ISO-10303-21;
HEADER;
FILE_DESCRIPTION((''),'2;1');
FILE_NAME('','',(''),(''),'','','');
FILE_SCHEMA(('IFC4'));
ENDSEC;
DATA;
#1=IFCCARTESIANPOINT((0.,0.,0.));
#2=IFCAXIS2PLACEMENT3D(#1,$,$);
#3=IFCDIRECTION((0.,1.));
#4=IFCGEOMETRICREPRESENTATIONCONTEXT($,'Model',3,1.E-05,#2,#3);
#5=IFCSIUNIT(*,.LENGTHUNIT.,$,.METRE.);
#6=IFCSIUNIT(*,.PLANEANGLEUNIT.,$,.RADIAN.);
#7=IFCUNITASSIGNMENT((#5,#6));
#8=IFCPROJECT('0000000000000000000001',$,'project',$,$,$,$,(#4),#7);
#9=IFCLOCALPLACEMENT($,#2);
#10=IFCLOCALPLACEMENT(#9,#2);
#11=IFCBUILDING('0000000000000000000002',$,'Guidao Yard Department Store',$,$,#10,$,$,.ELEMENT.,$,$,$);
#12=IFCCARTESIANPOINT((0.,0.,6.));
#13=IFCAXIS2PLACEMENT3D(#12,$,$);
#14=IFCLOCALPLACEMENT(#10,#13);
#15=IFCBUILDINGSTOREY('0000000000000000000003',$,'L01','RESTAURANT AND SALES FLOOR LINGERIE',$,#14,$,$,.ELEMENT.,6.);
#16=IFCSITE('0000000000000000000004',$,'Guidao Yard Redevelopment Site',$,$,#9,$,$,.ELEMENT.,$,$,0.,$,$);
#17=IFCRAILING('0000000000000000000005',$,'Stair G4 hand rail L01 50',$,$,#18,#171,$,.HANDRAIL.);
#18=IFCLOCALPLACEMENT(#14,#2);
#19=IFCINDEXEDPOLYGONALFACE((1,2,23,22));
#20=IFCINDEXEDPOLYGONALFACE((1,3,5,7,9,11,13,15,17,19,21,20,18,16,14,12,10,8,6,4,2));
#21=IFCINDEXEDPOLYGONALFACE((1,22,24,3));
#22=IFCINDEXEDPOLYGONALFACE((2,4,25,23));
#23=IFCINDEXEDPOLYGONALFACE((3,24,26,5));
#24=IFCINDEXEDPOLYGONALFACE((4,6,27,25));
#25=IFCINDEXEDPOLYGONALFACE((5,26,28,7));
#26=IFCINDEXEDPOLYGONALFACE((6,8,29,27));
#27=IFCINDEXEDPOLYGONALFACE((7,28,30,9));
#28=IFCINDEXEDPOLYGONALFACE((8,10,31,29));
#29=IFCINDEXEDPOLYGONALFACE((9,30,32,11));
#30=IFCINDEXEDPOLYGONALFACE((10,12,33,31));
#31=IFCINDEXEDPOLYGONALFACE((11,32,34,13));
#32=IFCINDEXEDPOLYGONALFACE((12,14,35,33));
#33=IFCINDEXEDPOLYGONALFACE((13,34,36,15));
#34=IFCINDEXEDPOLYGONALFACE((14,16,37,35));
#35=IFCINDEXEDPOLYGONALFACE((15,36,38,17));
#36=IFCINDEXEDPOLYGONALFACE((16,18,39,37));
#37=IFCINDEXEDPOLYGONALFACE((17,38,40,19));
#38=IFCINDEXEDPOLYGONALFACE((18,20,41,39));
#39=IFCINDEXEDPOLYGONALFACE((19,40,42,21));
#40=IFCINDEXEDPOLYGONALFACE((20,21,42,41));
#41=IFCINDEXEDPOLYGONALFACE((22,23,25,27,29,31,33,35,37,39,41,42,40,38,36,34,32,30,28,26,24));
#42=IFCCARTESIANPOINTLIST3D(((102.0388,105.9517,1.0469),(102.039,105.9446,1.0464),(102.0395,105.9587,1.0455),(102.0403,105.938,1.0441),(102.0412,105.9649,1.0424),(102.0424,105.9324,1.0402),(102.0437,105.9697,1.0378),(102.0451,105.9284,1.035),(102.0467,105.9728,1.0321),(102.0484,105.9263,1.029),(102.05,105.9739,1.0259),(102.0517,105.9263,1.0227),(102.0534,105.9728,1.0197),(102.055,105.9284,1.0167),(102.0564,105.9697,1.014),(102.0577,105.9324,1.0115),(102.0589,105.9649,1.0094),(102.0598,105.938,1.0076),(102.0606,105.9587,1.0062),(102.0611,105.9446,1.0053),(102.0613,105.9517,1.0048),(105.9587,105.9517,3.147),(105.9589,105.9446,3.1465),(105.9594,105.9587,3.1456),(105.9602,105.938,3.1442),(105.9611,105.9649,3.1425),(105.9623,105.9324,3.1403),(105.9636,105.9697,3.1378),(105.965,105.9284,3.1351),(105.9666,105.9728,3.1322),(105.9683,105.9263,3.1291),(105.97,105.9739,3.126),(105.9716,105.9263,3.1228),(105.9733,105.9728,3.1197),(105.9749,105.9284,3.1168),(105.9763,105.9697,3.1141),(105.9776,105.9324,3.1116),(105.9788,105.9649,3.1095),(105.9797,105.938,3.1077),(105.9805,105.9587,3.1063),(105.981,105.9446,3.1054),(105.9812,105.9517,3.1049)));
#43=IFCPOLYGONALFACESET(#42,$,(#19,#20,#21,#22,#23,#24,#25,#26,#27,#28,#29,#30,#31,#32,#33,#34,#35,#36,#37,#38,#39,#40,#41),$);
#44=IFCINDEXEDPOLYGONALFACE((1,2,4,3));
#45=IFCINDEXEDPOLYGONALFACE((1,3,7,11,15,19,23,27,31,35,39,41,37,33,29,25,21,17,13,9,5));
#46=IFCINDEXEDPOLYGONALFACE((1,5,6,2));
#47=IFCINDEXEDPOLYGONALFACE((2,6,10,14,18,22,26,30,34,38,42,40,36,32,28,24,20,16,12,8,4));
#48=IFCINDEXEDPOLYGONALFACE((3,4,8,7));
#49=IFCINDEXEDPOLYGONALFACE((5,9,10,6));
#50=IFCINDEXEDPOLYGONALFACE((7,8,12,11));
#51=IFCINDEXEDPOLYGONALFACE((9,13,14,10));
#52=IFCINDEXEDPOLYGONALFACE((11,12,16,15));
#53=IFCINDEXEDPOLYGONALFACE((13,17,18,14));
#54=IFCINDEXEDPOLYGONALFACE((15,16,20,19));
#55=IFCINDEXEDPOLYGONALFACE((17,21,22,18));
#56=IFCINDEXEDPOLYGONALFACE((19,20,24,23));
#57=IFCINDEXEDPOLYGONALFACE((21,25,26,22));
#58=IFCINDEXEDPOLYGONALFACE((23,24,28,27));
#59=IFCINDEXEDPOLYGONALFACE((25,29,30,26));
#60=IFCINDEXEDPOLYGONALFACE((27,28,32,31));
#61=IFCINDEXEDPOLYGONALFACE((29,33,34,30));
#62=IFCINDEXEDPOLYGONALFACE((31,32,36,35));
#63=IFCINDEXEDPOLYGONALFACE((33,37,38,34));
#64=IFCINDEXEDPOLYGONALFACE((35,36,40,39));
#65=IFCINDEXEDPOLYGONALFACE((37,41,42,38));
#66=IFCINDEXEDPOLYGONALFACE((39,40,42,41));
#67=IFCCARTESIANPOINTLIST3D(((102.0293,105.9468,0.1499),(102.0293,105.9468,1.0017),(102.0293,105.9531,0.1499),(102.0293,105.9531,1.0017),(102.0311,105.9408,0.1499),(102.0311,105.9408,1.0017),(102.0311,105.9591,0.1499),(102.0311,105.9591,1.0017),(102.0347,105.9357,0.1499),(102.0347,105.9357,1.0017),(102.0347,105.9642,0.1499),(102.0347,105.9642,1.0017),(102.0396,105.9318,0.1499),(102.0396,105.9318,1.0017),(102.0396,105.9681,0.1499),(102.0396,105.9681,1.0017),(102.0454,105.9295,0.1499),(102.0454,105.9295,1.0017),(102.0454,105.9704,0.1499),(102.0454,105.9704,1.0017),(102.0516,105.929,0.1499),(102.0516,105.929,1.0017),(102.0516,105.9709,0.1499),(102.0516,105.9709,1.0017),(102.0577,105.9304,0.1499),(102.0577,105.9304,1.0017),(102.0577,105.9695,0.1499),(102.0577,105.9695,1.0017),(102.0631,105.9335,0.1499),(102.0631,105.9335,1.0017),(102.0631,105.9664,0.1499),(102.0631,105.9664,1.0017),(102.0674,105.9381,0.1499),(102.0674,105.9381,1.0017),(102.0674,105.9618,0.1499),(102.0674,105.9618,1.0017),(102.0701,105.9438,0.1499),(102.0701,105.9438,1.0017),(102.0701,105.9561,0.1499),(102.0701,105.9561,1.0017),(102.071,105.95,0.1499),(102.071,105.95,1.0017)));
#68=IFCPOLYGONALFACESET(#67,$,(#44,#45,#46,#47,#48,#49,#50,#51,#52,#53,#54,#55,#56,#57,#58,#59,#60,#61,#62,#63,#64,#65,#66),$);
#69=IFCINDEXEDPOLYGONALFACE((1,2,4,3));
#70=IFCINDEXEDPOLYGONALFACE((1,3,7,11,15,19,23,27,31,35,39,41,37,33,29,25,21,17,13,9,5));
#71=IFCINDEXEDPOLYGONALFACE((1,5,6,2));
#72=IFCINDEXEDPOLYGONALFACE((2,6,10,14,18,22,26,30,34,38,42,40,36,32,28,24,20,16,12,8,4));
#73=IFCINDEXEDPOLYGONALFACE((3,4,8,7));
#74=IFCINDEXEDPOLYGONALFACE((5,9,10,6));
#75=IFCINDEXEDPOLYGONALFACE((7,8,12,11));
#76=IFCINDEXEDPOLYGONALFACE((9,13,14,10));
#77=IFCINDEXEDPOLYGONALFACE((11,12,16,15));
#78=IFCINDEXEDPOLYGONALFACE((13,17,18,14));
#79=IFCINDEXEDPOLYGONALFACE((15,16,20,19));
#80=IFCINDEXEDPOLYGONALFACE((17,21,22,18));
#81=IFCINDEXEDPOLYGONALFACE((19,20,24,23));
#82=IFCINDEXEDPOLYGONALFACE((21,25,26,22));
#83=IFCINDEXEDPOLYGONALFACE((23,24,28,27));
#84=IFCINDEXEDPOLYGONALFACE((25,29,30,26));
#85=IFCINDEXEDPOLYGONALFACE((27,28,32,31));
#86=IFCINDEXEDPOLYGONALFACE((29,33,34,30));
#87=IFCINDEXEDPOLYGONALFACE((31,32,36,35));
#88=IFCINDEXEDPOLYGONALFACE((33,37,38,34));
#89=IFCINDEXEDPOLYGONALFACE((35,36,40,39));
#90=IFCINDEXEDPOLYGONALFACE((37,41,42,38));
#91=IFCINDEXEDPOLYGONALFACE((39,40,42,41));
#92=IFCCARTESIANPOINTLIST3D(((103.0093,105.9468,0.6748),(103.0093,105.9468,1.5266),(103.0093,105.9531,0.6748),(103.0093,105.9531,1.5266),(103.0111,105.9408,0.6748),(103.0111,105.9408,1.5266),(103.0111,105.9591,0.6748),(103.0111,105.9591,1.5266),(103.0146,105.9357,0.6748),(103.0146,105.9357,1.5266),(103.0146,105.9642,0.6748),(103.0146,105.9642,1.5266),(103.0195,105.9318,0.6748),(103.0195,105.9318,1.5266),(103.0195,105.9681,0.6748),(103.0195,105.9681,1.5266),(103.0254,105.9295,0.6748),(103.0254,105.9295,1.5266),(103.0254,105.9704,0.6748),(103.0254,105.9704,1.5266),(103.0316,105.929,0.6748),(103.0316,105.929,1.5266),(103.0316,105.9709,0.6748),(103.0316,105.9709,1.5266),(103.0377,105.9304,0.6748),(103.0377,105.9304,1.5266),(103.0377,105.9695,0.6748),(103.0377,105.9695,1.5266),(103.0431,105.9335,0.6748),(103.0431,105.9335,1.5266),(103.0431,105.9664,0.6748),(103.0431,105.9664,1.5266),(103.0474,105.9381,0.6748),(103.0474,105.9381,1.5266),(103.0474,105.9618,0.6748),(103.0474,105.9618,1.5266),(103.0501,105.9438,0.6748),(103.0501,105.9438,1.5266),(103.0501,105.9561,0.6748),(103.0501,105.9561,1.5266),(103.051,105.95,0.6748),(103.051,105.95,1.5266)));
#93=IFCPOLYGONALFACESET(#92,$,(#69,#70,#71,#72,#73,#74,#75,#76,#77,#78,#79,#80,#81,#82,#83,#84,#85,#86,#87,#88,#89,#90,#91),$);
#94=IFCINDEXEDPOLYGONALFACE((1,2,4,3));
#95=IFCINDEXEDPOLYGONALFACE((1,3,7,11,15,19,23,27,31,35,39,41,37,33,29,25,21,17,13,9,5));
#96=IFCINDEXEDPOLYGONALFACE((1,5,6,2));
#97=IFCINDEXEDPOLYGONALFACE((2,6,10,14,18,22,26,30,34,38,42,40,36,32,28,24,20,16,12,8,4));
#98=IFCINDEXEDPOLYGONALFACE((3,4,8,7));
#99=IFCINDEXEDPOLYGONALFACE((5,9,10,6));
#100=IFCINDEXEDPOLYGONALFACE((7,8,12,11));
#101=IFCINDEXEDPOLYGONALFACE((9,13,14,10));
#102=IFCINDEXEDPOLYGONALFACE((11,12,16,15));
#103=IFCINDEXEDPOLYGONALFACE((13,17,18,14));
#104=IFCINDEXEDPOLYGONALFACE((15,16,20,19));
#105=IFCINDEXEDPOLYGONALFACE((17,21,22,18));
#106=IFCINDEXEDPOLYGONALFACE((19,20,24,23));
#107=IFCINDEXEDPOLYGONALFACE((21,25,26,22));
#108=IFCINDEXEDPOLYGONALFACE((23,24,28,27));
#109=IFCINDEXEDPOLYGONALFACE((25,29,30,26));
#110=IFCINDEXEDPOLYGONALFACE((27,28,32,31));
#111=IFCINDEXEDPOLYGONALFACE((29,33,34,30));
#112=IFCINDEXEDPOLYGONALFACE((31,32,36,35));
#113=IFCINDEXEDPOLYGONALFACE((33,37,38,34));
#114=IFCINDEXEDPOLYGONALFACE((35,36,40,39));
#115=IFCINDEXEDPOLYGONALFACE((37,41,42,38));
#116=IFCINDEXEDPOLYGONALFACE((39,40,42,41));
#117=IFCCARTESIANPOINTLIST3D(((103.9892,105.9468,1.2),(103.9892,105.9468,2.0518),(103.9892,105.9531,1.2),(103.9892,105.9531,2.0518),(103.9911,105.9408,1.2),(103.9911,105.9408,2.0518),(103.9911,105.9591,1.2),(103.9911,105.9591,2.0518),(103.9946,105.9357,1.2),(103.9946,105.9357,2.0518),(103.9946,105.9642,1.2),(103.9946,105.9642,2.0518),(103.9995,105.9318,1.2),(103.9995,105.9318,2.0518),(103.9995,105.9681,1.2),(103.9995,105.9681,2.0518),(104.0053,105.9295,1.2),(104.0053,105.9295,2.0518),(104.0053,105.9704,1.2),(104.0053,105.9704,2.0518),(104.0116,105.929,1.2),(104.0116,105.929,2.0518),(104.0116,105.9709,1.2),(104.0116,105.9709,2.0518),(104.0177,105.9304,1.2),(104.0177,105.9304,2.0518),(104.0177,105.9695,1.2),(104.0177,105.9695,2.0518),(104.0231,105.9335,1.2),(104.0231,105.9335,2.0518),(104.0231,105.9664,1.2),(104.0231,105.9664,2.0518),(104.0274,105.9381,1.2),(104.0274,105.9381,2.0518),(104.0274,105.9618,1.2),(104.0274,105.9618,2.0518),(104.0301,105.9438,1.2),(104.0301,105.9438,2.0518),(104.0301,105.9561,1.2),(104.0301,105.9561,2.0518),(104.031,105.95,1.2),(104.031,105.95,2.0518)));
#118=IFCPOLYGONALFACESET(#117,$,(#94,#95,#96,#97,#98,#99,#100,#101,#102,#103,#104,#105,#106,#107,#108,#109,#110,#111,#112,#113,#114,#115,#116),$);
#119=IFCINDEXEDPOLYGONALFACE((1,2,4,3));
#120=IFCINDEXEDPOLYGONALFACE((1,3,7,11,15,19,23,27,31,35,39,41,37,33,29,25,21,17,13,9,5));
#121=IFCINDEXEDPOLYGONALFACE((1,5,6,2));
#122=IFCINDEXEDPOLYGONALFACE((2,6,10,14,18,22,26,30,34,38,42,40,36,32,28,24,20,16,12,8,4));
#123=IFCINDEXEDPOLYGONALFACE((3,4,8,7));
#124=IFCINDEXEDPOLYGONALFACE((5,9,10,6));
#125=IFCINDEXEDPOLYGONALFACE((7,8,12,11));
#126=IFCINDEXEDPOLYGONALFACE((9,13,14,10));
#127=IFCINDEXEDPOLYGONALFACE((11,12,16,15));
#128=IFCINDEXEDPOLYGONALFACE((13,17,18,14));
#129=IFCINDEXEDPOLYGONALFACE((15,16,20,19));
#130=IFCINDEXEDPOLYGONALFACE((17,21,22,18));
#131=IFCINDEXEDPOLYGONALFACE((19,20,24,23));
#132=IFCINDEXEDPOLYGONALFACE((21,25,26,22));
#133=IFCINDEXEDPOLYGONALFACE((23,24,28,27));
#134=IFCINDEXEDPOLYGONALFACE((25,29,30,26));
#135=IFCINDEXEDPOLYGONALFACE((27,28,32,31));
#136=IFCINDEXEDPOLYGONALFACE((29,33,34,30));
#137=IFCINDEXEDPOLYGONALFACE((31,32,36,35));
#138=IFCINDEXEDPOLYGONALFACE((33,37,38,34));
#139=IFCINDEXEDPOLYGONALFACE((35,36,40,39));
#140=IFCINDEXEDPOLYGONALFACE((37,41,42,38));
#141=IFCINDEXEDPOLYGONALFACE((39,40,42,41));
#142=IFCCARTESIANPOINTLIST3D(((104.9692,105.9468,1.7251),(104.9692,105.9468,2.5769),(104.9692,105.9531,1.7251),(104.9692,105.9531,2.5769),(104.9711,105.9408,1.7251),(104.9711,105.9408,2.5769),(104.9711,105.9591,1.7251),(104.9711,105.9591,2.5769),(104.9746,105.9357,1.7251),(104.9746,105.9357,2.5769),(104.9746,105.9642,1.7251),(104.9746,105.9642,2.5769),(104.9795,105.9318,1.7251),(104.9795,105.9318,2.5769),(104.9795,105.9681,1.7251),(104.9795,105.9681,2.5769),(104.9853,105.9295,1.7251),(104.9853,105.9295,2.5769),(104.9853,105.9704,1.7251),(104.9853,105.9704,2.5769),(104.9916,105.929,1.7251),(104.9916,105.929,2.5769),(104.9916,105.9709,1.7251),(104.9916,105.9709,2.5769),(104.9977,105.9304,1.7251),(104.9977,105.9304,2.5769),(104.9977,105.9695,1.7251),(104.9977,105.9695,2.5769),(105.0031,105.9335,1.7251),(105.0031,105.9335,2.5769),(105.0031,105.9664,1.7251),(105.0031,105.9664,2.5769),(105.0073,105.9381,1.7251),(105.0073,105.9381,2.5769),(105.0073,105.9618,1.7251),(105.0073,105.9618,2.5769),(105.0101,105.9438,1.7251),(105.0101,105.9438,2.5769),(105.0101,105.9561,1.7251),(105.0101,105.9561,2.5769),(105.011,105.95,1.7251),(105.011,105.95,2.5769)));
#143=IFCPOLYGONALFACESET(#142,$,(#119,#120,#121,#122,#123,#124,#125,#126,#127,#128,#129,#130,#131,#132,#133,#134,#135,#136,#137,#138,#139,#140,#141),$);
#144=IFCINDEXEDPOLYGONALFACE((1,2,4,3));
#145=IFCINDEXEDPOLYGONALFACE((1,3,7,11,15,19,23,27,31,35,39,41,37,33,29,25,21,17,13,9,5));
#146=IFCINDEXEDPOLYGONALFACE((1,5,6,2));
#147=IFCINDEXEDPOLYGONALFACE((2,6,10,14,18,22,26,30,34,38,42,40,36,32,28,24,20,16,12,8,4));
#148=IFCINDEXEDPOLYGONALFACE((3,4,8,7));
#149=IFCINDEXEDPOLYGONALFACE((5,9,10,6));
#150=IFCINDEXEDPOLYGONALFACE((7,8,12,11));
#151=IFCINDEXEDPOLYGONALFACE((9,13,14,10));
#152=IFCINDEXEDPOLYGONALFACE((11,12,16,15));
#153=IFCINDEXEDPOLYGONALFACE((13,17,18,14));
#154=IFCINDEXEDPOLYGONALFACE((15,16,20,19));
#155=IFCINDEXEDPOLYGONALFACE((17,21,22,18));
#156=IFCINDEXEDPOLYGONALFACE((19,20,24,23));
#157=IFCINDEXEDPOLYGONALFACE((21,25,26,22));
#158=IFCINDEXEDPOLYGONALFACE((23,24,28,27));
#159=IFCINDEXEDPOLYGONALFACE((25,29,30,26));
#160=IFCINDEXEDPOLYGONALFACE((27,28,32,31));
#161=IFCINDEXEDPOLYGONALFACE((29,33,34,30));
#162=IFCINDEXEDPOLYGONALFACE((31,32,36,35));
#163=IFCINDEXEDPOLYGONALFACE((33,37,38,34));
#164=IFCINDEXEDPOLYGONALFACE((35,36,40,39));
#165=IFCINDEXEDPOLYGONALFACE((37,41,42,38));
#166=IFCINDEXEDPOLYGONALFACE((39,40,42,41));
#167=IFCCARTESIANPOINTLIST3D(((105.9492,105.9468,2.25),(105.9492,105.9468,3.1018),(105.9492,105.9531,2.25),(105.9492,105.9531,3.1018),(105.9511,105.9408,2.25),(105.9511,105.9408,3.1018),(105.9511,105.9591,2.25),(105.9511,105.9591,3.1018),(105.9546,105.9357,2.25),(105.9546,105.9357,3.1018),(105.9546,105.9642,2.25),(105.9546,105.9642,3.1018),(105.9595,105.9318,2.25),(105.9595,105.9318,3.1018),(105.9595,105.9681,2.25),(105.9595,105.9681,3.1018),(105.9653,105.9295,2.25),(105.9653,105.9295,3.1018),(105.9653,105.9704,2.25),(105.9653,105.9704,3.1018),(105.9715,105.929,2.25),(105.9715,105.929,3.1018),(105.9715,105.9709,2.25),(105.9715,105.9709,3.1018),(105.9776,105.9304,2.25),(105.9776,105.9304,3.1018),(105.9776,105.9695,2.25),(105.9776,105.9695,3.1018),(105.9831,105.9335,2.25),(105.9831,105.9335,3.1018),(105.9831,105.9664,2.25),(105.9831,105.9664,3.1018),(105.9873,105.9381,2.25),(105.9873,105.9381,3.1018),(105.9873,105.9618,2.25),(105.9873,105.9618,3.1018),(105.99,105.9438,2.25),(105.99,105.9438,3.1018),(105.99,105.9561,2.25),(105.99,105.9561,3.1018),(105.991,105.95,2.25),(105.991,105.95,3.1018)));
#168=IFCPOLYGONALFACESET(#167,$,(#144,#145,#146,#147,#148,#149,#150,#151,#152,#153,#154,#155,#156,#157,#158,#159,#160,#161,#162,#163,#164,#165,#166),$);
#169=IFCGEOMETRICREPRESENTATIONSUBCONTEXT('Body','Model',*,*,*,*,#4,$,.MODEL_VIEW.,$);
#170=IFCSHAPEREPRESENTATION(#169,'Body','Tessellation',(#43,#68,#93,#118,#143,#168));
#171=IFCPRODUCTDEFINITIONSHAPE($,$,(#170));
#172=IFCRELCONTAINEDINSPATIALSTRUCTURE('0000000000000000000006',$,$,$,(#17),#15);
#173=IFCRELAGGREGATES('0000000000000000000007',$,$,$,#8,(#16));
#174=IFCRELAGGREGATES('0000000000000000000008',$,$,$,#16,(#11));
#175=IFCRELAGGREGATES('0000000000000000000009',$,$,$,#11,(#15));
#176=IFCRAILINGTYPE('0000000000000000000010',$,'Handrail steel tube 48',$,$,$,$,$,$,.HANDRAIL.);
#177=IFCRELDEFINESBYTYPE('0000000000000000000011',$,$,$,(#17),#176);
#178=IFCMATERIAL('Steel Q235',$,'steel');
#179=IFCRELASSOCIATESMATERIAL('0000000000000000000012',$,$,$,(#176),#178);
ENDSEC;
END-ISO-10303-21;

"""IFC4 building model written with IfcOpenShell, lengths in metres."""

from ifc_helpers import new_model, si_unit, direction, frame, origin, origin_2d, place, context, subcontext, project, spatial, circle, extrude, material, type_object, element, save


model = new_model("IFC4")

# Units and contexts
model_context = context("Model", 3, precision=1e-05, world=origin(), true_north=direction((0.0, 1.0)))
body_context = subcontext(model_context, "Body", "Model", "MODEL_VIEW")
ifc_project = project(units=[si_unit("LENGTHUNIT", "METRE"), si_unit("PLANEANGLEUNIT", "RADIAN")], contexts=[model_context])

# Site, building, storey
site_placement = place(None, origin())
site = spatial("IfcSite", under=ifc_project, at=site_placement, Name="Guidao Yard Redevelopment Site", CompositionType="ELEMENT", RefElevation=0.0)
building_placement = place(site_placement, origin())
building = spatial("IfcBuilding", under=site, at=building_placement, Name="Guidao Yard Department Store", CompositionType="ELEMENT")
storey_placement = place(building_placement, frame((0.0, 0.0, 6.0)))
storey = spatial("IfcBuildingStorey", under=building, at=storey_placement, Name="L01", Description="RESTAURANT AND SALES FLOOR LINGERIE", CompositionType="ELEMENT", Elevation=6.0)

# Railing
ifc_material_1 = material(Name="Steel Q235", Category="steel")
railing_type_1 = type_object("IfcRailingType", Name="Handrail steel tube 48", PredefinedType="HANDRAIL", material=ifc_material_1)
for number, where, name in (
    (1, (102.05, 105.95, 0.1499), "Stair G4 hand rail L01 50"),
):
    element("IfcRailing", number, at=place(storey_placement, frame(where)), inside=storey, type_object=railing_type_1, Name=name, PredefinedType="HANDRAIL", context=body_context, shape_type="SweptSolid", body=[
        extrude(circle(Radius=0.0239, at=origin_2d()), frame((0.0, 0.0, 0.876), z_axis=(0.881467, 0.0, 0.472246), x_axis=(0.0, 1.0, 0.0)), (0.0, 0.0, 1.0), 4.447),
        extrude(circle(Radius=0.021, at=origin_2d()), origin(), (0.0, 0.0, 1.0), 0.8518),
        extrude(circle(Radius=0.021, at=origin_2d()), frame((0.98, 0.0, 0.5249)), (0.0, 0.0, 1.0), 0.8518),
        extrude(circle(Radius=0.021, at=origin_2d()), frame((1.96, 0.0, 1.05)), (0.0, 0.0, 1.0), 0.8518),
        extrude(circle(Radius=0.021, at=origin_2d()), frame((2.9399, 0.0, 1.5752)), (0.0, 0.0, 1.0), 0.8518),
        extrude(circle(Radius=0.021, at=origin_2d()), frame((3.9199, 0.0, 2.1001)), (0.0, 0.0, 1.0), 0.8518),
    ])

save(model, "model.ifc")
